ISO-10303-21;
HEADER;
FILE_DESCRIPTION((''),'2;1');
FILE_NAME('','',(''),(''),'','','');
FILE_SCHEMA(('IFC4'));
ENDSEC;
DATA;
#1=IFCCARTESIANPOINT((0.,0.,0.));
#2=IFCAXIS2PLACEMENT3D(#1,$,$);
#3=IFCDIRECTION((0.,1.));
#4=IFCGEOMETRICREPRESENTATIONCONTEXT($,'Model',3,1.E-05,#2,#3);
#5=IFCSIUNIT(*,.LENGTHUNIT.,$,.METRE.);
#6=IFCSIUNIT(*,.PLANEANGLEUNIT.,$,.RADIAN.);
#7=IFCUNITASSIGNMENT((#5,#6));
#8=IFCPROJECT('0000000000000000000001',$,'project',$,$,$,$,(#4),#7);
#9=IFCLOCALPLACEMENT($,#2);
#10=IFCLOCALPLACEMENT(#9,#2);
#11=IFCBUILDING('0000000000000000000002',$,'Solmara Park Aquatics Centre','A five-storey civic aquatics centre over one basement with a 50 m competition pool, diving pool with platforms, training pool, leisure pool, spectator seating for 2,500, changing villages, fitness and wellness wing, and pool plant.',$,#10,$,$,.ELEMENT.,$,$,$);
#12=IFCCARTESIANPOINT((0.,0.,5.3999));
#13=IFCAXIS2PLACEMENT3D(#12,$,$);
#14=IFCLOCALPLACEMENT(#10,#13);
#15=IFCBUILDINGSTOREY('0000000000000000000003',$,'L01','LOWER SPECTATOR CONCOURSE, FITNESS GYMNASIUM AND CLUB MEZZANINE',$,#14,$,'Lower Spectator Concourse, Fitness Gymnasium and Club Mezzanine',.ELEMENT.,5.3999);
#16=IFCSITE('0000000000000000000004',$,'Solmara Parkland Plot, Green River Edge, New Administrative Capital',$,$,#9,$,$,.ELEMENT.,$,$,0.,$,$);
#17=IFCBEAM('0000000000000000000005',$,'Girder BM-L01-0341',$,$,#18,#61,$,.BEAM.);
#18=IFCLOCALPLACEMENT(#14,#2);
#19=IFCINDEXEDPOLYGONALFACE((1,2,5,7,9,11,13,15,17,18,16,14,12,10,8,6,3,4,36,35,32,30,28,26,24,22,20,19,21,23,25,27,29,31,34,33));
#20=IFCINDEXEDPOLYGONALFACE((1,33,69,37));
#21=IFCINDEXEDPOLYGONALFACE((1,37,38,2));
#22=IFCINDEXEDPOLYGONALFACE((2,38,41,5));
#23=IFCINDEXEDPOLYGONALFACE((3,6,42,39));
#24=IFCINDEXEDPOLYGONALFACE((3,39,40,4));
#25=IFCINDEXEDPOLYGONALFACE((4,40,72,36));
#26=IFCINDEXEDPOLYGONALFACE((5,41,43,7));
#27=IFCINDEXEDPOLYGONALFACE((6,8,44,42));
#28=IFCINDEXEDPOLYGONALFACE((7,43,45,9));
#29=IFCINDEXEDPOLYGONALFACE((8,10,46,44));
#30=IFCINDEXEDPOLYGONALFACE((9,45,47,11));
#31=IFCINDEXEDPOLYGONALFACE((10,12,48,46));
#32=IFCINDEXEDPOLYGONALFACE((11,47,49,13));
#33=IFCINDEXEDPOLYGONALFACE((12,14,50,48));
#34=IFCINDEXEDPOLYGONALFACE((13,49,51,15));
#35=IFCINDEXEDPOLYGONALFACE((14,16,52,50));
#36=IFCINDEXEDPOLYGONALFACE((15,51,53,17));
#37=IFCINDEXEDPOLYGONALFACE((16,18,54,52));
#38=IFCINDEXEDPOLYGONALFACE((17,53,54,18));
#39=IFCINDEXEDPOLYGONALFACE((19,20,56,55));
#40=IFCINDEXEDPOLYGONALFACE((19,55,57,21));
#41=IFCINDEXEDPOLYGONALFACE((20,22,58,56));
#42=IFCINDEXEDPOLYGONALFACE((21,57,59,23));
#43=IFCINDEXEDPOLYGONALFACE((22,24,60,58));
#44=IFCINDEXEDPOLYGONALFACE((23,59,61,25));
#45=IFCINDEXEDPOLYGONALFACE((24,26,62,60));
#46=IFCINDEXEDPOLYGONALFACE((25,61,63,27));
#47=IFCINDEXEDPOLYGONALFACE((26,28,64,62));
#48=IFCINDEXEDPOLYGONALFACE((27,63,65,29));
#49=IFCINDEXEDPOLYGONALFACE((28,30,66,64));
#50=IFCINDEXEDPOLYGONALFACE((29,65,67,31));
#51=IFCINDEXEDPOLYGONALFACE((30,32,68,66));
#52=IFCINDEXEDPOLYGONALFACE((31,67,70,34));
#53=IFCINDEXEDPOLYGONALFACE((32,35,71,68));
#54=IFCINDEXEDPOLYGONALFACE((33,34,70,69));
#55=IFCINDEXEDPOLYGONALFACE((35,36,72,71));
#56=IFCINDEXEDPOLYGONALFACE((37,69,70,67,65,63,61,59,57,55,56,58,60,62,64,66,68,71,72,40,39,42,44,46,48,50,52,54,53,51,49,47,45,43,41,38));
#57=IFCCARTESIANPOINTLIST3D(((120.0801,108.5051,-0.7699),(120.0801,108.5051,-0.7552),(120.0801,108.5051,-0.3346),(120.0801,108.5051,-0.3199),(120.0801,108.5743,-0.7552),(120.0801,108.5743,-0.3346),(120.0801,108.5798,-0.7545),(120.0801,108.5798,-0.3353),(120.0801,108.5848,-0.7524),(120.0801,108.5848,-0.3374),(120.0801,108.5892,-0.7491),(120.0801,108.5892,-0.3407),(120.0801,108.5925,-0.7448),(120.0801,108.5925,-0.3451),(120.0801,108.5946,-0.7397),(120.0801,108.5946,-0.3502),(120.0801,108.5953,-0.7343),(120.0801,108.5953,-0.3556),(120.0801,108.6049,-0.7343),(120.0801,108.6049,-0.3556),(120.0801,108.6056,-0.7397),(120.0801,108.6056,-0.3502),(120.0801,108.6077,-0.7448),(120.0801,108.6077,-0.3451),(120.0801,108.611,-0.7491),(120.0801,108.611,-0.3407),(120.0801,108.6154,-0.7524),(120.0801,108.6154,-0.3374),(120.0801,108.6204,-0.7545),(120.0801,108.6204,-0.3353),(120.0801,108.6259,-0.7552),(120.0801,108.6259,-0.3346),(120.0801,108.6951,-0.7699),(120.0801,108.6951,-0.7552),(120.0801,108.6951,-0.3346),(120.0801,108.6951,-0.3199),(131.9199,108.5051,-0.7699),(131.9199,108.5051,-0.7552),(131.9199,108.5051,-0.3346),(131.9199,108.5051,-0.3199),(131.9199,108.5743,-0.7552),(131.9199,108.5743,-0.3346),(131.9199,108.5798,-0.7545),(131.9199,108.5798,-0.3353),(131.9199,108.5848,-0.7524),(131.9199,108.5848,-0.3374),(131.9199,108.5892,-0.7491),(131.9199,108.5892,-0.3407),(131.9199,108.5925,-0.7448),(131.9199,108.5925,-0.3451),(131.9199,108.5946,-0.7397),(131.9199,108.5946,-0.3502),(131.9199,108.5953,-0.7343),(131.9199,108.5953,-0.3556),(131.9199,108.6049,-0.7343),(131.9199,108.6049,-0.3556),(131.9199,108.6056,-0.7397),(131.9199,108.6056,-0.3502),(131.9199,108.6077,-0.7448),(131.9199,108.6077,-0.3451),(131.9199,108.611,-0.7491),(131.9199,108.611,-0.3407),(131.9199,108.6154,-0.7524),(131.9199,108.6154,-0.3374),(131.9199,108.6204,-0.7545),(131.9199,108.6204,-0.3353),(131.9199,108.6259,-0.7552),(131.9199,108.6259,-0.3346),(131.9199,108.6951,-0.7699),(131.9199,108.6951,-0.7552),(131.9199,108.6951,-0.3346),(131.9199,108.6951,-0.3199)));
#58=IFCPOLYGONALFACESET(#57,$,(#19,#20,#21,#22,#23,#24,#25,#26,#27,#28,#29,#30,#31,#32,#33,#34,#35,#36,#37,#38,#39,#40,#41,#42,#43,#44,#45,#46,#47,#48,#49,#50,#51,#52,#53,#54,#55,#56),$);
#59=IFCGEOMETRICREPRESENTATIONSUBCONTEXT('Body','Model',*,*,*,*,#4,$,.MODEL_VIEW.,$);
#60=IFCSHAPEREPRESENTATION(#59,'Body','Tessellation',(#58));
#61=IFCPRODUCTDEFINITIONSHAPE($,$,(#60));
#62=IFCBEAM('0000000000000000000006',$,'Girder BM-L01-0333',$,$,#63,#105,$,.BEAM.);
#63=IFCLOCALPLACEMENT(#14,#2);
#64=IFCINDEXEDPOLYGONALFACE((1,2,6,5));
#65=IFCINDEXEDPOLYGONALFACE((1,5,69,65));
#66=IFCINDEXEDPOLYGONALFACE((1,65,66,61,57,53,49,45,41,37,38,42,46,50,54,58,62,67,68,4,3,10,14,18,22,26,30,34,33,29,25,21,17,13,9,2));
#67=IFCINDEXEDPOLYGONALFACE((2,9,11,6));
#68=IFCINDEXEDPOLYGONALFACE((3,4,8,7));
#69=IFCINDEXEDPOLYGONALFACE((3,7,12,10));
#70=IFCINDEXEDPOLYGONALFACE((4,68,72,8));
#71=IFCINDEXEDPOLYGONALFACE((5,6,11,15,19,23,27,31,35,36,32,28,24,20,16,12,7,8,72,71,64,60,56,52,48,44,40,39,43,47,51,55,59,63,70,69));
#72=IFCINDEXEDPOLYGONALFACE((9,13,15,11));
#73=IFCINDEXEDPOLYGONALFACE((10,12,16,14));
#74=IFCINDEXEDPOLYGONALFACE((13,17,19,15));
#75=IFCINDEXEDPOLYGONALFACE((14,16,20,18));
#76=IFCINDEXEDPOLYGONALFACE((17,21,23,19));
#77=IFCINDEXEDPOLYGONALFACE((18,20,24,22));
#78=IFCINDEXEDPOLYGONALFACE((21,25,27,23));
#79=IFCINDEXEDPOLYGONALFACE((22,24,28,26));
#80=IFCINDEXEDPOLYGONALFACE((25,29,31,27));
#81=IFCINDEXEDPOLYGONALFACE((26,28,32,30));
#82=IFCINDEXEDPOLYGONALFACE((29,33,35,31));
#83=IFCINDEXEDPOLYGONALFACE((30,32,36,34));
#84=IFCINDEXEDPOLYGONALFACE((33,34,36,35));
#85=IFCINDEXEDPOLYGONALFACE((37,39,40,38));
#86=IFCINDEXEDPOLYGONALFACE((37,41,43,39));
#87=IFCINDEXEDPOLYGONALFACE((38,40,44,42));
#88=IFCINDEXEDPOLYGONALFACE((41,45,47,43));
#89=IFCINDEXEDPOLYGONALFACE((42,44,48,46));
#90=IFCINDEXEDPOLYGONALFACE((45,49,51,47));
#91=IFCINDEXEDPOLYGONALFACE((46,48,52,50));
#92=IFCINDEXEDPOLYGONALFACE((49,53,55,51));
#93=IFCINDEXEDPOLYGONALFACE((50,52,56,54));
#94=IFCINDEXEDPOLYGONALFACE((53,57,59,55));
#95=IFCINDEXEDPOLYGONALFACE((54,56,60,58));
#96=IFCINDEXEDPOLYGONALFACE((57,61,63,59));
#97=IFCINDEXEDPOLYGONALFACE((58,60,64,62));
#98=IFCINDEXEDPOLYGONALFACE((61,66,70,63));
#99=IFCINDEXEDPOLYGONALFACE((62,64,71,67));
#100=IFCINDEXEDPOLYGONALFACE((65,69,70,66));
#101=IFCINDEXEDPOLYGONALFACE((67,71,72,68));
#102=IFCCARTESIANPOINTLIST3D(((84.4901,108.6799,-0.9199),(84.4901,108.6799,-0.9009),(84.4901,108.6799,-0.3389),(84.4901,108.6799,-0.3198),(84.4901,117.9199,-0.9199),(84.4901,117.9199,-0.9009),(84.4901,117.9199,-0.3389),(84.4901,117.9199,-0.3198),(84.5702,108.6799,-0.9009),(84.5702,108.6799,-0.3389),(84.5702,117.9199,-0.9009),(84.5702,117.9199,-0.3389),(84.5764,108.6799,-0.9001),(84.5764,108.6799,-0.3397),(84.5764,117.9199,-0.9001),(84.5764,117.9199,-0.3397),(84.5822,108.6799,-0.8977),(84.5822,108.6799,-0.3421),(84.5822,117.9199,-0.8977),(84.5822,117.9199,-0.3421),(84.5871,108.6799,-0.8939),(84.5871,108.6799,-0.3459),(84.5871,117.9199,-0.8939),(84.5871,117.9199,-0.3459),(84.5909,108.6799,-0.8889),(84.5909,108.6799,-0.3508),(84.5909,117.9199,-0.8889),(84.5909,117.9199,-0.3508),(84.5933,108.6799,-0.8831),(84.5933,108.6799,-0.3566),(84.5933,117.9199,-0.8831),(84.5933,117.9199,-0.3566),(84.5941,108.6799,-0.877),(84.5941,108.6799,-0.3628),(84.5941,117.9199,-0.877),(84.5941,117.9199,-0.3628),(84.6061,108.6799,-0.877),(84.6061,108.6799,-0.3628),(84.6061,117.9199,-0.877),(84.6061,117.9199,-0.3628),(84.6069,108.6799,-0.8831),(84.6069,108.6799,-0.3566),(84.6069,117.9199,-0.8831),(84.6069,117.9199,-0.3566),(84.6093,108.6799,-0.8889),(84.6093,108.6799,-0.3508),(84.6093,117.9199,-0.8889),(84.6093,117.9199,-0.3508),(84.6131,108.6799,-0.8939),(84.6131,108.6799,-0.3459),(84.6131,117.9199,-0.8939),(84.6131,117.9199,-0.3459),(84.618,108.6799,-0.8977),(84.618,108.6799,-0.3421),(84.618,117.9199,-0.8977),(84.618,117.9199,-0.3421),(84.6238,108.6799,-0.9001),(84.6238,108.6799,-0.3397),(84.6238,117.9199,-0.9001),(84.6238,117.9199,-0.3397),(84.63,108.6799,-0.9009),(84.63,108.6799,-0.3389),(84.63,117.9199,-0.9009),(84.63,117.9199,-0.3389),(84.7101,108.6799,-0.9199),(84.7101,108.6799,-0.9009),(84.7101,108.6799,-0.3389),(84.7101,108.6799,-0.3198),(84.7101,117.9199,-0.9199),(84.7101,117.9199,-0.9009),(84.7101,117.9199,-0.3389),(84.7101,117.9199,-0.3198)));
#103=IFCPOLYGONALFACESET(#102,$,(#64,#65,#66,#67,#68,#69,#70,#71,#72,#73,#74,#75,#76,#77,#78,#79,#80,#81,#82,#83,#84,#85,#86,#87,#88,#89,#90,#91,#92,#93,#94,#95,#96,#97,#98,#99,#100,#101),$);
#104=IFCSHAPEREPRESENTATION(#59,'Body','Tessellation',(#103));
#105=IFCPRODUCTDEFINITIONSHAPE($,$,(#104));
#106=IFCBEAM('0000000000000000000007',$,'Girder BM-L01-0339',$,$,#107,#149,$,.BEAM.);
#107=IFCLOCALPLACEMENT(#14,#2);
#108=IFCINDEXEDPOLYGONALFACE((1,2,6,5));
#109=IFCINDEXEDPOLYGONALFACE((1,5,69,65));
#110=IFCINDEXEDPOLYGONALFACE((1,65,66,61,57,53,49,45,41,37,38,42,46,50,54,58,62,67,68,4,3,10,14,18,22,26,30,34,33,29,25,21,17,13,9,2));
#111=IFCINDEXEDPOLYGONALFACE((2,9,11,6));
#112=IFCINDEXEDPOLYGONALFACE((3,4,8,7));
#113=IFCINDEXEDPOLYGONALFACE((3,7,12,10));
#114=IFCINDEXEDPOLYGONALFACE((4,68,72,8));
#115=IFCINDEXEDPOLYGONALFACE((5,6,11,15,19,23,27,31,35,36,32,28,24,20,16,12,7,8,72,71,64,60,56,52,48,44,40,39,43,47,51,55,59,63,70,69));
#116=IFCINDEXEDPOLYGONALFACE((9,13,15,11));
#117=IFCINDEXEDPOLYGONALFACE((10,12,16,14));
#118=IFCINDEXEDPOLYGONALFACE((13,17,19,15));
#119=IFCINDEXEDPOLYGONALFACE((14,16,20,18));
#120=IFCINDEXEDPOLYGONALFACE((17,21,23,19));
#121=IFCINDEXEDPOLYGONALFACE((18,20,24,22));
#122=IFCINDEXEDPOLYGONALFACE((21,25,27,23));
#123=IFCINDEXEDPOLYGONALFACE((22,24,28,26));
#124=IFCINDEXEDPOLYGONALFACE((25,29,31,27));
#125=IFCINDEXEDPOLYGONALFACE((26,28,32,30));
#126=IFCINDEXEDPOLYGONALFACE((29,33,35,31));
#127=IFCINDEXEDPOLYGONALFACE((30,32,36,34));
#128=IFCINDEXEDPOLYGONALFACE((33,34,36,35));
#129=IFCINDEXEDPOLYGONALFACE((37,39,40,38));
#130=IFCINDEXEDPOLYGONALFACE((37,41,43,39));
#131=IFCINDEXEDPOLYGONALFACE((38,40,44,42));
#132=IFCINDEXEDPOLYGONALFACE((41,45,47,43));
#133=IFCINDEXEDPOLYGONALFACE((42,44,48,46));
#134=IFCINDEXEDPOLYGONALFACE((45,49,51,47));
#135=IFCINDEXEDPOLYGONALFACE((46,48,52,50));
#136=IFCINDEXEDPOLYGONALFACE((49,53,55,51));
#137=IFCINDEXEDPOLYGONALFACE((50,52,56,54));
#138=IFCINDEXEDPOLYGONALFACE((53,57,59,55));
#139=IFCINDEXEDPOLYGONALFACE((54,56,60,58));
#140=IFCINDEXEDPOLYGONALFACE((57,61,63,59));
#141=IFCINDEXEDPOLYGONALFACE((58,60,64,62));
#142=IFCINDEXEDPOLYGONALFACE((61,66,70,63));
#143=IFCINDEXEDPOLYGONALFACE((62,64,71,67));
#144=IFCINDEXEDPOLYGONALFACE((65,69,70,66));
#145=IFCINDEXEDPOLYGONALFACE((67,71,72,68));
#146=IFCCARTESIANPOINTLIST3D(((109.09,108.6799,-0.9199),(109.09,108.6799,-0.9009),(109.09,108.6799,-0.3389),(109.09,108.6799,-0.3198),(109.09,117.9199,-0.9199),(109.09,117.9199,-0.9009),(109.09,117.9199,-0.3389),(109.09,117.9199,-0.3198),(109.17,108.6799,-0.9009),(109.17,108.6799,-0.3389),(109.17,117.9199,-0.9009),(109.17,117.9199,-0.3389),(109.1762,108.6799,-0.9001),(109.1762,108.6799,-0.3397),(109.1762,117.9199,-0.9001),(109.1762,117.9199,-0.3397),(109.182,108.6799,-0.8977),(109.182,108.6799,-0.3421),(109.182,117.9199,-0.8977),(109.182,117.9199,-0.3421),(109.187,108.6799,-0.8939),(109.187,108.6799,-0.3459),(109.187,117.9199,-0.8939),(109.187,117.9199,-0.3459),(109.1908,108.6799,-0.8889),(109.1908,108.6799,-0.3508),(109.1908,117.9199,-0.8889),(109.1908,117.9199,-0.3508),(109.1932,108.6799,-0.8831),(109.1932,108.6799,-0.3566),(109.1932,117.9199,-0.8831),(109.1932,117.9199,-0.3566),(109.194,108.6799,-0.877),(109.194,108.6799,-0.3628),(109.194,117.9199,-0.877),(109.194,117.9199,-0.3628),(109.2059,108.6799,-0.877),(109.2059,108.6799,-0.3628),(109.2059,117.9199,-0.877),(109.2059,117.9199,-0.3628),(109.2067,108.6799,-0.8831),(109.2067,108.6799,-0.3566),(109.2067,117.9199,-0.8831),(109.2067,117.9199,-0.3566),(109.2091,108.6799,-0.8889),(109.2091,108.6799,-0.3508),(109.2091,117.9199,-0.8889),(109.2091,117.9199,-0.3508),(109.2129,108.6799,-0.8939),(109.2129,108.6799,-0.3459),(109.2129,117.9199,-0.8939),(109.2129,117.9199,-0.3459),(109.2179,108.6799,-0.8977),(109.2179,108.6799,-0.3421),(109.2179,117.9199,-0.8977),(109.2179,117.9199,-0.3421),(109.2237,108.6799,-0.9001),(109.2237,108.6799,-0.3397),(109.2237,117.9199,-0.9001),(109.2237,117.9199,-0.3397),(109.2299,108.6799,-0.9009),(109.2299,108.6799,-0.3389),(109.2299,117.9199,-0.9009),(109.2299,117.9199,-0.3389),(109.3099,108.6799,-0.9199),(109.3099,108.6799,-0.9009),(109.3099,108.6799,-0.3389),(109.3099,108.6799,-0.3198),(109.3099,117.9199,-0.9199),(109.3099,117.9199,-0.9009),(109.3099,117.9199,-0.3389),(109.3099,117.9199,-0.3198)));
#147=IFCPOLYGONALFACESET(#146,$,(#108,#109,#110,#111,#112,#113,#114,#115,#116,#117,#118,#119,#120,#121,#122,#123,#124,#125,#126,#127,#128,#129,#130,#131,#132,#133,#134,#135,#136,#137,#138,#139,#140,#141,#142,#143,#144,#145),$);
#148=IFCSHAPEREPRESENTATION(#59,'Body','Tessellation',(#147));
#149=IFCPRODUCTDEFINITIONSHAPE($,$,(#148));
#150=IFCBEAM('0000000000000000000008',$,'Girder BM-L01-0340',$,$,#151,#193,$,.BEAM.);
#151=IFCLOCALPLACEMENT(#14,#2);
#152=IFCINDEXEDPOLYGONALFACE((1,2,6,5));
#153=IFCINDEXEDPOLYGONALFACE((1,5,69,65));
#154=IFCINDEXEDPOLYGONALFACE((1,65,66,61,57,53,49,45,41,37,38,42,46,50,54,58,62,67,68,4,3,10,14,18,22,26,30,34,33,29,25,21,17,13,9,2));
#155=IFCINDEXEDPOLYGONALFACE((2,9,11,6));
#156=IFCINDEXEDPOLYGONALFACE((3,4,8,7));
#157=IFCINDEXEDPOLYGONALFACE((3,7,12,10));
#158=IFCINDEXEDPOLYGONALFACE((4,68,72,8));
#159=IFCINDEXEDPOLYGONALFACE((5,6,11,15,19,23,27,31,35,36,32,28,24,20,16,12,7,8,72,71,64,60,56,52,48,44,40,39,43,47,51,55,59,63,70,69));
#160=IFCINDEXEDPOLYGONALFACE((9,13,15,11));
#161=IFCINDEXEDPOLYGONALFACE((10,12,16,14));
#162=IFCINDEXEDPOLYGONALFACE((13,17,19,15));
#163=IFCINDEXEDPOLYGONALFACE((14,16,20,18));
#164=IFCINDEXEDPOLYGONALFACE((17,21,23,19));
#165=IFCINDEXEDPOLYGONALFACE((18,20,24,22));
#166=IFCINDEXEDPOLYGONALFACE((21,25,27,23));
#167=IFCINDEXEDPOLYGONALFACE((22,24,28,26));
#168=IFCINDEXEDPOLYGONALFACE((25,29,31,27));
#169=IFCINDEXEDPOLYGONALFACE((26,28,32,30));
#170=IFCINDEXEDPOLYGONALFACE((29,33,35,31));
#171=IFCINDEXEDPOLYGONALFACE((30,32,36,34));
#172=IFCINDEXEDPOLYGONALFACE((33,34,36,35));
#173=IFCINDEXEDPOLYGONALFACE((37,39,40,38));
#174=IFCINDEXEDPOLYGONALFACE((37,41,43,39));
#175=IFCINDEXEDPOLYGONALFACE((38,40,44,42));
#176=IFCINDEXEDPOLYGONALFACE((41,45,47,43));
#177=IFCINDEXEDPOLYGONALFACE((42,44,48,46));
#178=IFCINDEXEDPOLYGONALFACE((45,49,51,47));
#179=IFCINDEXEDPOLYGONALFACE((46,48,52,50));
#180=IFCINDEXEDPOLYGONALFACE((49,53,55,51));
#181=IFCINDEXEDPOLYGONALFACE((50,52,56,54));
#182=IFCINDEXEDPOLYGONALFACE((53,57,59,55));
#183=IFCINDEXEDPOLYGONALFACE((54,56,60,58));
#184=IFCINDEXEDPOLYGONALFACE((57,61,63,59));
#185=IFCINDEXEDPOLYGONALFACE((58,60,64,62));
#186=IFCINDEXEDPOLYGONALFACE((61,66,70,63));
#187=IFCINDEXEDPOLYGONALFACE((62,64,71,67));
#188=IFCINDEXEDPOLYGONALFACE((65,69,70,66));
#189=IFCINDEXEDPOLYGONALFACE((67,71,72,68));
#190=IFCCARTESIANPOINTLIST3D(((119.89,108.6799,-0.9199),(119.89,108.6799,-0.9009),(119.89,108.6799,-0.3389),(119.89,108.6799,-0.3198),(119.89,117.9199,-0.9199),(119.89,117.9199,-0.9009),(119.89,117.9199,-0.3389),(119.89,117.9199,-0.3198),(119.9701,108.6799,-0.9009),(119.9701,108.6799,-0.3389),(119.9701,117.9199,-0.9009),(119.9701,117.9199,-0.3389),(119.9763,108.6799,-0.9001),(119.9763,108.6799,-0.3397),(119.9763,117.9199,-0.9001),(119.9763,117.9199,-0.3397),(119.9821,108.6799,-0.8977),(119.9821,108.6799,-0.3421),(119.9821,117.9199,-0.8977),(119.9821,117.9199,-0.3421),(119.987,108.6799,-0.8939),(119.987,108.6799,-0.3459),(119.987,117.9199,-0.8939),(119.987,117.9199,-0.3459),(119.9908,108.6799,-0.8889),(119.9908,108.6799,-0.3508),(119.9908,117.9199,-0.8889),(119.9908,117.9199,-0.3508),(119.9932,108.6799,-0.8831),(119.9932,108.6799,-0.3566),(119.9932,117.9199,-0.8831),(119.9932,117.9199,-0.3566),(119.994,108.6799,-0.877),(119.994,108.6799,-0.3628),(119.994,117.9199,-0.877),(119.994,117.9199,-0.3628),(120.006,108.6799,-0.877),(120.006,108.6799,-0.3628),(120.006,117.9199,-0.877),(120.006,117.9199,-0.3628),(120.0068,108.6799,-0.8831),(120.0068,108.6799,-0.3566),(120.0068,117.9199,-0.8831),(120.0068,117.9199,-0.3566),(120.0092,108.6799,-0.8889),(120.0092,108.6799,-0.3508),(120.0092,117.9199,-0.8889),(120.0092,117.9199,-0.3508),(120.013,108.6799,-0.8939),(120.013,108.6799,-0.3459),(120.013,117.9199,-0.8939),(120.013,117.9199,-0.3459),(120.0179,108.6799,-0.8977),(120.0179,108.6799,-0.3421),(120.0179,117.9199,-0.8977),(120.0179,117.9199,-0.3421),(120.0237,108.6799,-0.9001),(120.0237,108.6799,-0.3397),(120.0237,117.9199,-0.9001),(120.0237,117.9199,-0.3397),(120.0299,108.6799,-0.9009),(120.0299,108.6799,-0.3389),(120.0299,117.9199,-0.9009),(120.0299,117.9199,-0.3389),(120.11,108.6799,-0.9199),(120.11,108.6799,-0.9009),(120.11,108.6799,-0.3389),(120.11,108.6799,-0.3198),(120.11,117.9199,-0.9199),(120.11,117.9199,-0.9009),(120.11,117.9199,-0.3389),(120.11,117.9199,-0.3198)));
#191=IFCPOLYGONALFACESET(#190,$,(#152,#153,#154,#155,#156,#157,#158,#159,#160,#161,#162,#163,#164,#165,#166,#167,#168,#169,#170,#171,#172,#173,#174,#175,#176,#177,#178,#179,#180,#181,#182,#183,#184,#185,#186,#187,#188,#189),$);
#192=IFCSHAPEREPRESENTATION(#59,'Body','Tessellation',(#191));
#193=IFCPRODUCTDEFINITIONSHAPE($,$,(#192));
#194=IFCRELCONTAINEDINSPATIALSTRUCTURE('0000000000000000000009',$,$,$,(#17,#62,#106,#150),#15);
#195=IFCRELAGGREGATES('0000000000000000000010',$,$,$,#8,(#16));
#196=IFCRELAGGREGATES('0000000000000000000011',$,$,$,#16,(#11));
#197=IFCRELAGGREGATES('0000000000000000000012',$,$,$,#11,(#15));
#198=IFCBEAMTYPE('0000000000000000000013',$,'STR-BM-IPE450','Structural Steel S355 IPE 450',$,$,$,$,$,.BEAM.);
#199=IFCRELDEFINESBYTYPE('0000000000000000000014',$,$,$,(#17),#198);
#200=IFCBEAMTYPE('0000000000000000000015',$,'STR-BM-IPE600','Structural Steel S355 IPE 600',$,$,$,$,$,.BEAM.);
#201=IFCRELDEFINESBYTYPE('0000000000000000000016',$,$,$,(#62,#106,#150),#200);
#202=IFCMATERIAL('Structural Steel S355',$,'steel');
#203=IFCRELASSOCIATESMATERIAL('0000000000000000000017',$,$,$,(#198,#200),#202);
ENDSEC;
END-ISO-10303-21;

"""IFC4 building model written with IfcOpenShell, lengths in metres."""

from ifc_helpers import new_model, si_unit, direction, frame, origin, origin_2d, place, context, subcontext, project, spatial, i_section, extrude, material, material_profile, profile_set, type_object, element, save


model = new_model("IFC4")

# Units and contexts
model_context = context("Model", 3, precision=1e-05, world=origin(), true_north=direction((0.0, 1.0)))
body_context = subcontext(model_context, "Body", "Model", "MODEL_VIEW")
ifc_project = project(units=[si_unit("LENGTHUNIT", "METRE"), si_unit("PLANEANGLEUNIT", "RADIAN")], contexts=[model_context])

# Site, building, storey
site_placement = place(None, origin())
site = spatial("IfcSite", under=ifc_project, at=site_placement, Name="Solmara Parkland Plot, Green River Edge, New Administrative Capital", CompositionType="ELEMENT", RefElevation=0.0)
building_placement = place(site_placement, origin())
building = spatial("IfcBuilding", under=site, at=building_placement, Name="Solmara Park Aquatics Centre", Description="A five-storey civic aquatics centre over one basement with a 50 m competition pool, diving pool with platforms, training pool, leisure pool, spectator seating for 2,500, changing villages, fitness and wellness wing, and pool plant.", CompositionType="ELEMENT")
storey_placement = place(building_placement, frame((0.0, 0.0, 5.3999)))
storey = spatial("IfcBuildingStorey", under=building, at=storey_placement, Name="L01", Description="LOWER SPECTATOR CONCOURSE, FITNESS GYMNASIUM AND CLUB MEZZANINE", LongName="Lower Spectator Concourse, Fitness Gymnasium and Club Mezzanine", CompositionType="ELEMENT", Elevation=5.3999)

# Shared definitions
ifc_material_1 = material(Name="Structural Steel S355", Category="steel")

# Beams
ifc_material_profile_1 = material_profile(ifc_material_1, i_section(OverallWidth=0.1899, OverallDepth=0.45, WebThickness=0.0095, FlangeThickness=0.0146, FilletRadius=0.021, at=origin_2d()), Name="IPE 450")
ifc_profile_set_1 = profile_set([ifc_material_profile_1], Name="Structural Steel S355")
beam_type_1 = type_object("IfcBeamType", Name="STR-BM-IPE450", Description="Structural Steel S355 IPE 450", PredefinedType="BEAM", material=ifc_profile_set_1)
beam_1_placement = place(storey_placement, frame((120.0801, 108.6001, -0.5449), z_axis=(1.0, 0.0, 0.0), x_axis=(0.0, 1.0, 0.0)))
element("IfcBeam", 1, at=beam_1_placement, inside=storey, type_object=beam_type_1, Name="Girder BM-L01-0341", PredefinedType="BEAM", context=body_context, shape_type="SweptSolid", body=[
    extrude(i_section(OverallWidth=0.1899, OverallDepth=0.45, WebThickness=0.0095, FlangeThickness=0.0146, FilletRadius=0.021, at=origin_2d()), origin(), (0.0, 0.0, 1.0), 11.8398),
])
ifc_material_profile_2 = material_profile(ifc_material_1, i_section(OverallWidth=0.22, OverallDepth=0.6001, WebThickness=0.012, FlangeThickness=0.019, FilletRadius=0.0239, at=origin_2d()), Name="IPE 600")
ifc_profile_set_2 = profile_set([ifc_material_profile_2], Name="Structural Steel S355")
beam_type_2 = type_object("IfcBeamType", Name="STR-BM-IPE600", Description="Structural Steel S355 IPE 600", PredefinedType="BEAM", material=ifc_profile_set_2)
for number, where, z_axis, x_axis, name in (
    (2, (84.6001, 108.6799, -0.6199), (0.0, 1.0, 0.0), (-1.0, 0.0, 0.0), "Girder BM-L01-0333"),
    (3, (109.2, 108.6799, -0.6199), (0.0, 1.0, 0.0), (-1.0, 0.0, 0.0), "Girder BM-L01-0339"),
    (4, (120.0, 108.6799, -0.6199), (0.0, 1.0, 0.0), (-1.0, 0.0, 0.0), "Girder BM-L01-0340"),
):
    element("IfcBeam", number, at=place(storey_placement, frame(where, z_axis=z_axis, x_axis=x_axis)), inside=storey, type_object=beam_type_2, Name=name, PredefinedType="BEAM", context=body_context, shape_type="SweptSolid", body=[
        extrude(i_section(OverallWidth=0.22, OverallDepth=0.6001, WebThickness=0.012, FlangeThickness=0.019, FilletRadius=0.0239, at=origin_2d()), origin(), (0.0, 0.0, 1.0), 9.24),
    ])

save(model, "model.ifc")
